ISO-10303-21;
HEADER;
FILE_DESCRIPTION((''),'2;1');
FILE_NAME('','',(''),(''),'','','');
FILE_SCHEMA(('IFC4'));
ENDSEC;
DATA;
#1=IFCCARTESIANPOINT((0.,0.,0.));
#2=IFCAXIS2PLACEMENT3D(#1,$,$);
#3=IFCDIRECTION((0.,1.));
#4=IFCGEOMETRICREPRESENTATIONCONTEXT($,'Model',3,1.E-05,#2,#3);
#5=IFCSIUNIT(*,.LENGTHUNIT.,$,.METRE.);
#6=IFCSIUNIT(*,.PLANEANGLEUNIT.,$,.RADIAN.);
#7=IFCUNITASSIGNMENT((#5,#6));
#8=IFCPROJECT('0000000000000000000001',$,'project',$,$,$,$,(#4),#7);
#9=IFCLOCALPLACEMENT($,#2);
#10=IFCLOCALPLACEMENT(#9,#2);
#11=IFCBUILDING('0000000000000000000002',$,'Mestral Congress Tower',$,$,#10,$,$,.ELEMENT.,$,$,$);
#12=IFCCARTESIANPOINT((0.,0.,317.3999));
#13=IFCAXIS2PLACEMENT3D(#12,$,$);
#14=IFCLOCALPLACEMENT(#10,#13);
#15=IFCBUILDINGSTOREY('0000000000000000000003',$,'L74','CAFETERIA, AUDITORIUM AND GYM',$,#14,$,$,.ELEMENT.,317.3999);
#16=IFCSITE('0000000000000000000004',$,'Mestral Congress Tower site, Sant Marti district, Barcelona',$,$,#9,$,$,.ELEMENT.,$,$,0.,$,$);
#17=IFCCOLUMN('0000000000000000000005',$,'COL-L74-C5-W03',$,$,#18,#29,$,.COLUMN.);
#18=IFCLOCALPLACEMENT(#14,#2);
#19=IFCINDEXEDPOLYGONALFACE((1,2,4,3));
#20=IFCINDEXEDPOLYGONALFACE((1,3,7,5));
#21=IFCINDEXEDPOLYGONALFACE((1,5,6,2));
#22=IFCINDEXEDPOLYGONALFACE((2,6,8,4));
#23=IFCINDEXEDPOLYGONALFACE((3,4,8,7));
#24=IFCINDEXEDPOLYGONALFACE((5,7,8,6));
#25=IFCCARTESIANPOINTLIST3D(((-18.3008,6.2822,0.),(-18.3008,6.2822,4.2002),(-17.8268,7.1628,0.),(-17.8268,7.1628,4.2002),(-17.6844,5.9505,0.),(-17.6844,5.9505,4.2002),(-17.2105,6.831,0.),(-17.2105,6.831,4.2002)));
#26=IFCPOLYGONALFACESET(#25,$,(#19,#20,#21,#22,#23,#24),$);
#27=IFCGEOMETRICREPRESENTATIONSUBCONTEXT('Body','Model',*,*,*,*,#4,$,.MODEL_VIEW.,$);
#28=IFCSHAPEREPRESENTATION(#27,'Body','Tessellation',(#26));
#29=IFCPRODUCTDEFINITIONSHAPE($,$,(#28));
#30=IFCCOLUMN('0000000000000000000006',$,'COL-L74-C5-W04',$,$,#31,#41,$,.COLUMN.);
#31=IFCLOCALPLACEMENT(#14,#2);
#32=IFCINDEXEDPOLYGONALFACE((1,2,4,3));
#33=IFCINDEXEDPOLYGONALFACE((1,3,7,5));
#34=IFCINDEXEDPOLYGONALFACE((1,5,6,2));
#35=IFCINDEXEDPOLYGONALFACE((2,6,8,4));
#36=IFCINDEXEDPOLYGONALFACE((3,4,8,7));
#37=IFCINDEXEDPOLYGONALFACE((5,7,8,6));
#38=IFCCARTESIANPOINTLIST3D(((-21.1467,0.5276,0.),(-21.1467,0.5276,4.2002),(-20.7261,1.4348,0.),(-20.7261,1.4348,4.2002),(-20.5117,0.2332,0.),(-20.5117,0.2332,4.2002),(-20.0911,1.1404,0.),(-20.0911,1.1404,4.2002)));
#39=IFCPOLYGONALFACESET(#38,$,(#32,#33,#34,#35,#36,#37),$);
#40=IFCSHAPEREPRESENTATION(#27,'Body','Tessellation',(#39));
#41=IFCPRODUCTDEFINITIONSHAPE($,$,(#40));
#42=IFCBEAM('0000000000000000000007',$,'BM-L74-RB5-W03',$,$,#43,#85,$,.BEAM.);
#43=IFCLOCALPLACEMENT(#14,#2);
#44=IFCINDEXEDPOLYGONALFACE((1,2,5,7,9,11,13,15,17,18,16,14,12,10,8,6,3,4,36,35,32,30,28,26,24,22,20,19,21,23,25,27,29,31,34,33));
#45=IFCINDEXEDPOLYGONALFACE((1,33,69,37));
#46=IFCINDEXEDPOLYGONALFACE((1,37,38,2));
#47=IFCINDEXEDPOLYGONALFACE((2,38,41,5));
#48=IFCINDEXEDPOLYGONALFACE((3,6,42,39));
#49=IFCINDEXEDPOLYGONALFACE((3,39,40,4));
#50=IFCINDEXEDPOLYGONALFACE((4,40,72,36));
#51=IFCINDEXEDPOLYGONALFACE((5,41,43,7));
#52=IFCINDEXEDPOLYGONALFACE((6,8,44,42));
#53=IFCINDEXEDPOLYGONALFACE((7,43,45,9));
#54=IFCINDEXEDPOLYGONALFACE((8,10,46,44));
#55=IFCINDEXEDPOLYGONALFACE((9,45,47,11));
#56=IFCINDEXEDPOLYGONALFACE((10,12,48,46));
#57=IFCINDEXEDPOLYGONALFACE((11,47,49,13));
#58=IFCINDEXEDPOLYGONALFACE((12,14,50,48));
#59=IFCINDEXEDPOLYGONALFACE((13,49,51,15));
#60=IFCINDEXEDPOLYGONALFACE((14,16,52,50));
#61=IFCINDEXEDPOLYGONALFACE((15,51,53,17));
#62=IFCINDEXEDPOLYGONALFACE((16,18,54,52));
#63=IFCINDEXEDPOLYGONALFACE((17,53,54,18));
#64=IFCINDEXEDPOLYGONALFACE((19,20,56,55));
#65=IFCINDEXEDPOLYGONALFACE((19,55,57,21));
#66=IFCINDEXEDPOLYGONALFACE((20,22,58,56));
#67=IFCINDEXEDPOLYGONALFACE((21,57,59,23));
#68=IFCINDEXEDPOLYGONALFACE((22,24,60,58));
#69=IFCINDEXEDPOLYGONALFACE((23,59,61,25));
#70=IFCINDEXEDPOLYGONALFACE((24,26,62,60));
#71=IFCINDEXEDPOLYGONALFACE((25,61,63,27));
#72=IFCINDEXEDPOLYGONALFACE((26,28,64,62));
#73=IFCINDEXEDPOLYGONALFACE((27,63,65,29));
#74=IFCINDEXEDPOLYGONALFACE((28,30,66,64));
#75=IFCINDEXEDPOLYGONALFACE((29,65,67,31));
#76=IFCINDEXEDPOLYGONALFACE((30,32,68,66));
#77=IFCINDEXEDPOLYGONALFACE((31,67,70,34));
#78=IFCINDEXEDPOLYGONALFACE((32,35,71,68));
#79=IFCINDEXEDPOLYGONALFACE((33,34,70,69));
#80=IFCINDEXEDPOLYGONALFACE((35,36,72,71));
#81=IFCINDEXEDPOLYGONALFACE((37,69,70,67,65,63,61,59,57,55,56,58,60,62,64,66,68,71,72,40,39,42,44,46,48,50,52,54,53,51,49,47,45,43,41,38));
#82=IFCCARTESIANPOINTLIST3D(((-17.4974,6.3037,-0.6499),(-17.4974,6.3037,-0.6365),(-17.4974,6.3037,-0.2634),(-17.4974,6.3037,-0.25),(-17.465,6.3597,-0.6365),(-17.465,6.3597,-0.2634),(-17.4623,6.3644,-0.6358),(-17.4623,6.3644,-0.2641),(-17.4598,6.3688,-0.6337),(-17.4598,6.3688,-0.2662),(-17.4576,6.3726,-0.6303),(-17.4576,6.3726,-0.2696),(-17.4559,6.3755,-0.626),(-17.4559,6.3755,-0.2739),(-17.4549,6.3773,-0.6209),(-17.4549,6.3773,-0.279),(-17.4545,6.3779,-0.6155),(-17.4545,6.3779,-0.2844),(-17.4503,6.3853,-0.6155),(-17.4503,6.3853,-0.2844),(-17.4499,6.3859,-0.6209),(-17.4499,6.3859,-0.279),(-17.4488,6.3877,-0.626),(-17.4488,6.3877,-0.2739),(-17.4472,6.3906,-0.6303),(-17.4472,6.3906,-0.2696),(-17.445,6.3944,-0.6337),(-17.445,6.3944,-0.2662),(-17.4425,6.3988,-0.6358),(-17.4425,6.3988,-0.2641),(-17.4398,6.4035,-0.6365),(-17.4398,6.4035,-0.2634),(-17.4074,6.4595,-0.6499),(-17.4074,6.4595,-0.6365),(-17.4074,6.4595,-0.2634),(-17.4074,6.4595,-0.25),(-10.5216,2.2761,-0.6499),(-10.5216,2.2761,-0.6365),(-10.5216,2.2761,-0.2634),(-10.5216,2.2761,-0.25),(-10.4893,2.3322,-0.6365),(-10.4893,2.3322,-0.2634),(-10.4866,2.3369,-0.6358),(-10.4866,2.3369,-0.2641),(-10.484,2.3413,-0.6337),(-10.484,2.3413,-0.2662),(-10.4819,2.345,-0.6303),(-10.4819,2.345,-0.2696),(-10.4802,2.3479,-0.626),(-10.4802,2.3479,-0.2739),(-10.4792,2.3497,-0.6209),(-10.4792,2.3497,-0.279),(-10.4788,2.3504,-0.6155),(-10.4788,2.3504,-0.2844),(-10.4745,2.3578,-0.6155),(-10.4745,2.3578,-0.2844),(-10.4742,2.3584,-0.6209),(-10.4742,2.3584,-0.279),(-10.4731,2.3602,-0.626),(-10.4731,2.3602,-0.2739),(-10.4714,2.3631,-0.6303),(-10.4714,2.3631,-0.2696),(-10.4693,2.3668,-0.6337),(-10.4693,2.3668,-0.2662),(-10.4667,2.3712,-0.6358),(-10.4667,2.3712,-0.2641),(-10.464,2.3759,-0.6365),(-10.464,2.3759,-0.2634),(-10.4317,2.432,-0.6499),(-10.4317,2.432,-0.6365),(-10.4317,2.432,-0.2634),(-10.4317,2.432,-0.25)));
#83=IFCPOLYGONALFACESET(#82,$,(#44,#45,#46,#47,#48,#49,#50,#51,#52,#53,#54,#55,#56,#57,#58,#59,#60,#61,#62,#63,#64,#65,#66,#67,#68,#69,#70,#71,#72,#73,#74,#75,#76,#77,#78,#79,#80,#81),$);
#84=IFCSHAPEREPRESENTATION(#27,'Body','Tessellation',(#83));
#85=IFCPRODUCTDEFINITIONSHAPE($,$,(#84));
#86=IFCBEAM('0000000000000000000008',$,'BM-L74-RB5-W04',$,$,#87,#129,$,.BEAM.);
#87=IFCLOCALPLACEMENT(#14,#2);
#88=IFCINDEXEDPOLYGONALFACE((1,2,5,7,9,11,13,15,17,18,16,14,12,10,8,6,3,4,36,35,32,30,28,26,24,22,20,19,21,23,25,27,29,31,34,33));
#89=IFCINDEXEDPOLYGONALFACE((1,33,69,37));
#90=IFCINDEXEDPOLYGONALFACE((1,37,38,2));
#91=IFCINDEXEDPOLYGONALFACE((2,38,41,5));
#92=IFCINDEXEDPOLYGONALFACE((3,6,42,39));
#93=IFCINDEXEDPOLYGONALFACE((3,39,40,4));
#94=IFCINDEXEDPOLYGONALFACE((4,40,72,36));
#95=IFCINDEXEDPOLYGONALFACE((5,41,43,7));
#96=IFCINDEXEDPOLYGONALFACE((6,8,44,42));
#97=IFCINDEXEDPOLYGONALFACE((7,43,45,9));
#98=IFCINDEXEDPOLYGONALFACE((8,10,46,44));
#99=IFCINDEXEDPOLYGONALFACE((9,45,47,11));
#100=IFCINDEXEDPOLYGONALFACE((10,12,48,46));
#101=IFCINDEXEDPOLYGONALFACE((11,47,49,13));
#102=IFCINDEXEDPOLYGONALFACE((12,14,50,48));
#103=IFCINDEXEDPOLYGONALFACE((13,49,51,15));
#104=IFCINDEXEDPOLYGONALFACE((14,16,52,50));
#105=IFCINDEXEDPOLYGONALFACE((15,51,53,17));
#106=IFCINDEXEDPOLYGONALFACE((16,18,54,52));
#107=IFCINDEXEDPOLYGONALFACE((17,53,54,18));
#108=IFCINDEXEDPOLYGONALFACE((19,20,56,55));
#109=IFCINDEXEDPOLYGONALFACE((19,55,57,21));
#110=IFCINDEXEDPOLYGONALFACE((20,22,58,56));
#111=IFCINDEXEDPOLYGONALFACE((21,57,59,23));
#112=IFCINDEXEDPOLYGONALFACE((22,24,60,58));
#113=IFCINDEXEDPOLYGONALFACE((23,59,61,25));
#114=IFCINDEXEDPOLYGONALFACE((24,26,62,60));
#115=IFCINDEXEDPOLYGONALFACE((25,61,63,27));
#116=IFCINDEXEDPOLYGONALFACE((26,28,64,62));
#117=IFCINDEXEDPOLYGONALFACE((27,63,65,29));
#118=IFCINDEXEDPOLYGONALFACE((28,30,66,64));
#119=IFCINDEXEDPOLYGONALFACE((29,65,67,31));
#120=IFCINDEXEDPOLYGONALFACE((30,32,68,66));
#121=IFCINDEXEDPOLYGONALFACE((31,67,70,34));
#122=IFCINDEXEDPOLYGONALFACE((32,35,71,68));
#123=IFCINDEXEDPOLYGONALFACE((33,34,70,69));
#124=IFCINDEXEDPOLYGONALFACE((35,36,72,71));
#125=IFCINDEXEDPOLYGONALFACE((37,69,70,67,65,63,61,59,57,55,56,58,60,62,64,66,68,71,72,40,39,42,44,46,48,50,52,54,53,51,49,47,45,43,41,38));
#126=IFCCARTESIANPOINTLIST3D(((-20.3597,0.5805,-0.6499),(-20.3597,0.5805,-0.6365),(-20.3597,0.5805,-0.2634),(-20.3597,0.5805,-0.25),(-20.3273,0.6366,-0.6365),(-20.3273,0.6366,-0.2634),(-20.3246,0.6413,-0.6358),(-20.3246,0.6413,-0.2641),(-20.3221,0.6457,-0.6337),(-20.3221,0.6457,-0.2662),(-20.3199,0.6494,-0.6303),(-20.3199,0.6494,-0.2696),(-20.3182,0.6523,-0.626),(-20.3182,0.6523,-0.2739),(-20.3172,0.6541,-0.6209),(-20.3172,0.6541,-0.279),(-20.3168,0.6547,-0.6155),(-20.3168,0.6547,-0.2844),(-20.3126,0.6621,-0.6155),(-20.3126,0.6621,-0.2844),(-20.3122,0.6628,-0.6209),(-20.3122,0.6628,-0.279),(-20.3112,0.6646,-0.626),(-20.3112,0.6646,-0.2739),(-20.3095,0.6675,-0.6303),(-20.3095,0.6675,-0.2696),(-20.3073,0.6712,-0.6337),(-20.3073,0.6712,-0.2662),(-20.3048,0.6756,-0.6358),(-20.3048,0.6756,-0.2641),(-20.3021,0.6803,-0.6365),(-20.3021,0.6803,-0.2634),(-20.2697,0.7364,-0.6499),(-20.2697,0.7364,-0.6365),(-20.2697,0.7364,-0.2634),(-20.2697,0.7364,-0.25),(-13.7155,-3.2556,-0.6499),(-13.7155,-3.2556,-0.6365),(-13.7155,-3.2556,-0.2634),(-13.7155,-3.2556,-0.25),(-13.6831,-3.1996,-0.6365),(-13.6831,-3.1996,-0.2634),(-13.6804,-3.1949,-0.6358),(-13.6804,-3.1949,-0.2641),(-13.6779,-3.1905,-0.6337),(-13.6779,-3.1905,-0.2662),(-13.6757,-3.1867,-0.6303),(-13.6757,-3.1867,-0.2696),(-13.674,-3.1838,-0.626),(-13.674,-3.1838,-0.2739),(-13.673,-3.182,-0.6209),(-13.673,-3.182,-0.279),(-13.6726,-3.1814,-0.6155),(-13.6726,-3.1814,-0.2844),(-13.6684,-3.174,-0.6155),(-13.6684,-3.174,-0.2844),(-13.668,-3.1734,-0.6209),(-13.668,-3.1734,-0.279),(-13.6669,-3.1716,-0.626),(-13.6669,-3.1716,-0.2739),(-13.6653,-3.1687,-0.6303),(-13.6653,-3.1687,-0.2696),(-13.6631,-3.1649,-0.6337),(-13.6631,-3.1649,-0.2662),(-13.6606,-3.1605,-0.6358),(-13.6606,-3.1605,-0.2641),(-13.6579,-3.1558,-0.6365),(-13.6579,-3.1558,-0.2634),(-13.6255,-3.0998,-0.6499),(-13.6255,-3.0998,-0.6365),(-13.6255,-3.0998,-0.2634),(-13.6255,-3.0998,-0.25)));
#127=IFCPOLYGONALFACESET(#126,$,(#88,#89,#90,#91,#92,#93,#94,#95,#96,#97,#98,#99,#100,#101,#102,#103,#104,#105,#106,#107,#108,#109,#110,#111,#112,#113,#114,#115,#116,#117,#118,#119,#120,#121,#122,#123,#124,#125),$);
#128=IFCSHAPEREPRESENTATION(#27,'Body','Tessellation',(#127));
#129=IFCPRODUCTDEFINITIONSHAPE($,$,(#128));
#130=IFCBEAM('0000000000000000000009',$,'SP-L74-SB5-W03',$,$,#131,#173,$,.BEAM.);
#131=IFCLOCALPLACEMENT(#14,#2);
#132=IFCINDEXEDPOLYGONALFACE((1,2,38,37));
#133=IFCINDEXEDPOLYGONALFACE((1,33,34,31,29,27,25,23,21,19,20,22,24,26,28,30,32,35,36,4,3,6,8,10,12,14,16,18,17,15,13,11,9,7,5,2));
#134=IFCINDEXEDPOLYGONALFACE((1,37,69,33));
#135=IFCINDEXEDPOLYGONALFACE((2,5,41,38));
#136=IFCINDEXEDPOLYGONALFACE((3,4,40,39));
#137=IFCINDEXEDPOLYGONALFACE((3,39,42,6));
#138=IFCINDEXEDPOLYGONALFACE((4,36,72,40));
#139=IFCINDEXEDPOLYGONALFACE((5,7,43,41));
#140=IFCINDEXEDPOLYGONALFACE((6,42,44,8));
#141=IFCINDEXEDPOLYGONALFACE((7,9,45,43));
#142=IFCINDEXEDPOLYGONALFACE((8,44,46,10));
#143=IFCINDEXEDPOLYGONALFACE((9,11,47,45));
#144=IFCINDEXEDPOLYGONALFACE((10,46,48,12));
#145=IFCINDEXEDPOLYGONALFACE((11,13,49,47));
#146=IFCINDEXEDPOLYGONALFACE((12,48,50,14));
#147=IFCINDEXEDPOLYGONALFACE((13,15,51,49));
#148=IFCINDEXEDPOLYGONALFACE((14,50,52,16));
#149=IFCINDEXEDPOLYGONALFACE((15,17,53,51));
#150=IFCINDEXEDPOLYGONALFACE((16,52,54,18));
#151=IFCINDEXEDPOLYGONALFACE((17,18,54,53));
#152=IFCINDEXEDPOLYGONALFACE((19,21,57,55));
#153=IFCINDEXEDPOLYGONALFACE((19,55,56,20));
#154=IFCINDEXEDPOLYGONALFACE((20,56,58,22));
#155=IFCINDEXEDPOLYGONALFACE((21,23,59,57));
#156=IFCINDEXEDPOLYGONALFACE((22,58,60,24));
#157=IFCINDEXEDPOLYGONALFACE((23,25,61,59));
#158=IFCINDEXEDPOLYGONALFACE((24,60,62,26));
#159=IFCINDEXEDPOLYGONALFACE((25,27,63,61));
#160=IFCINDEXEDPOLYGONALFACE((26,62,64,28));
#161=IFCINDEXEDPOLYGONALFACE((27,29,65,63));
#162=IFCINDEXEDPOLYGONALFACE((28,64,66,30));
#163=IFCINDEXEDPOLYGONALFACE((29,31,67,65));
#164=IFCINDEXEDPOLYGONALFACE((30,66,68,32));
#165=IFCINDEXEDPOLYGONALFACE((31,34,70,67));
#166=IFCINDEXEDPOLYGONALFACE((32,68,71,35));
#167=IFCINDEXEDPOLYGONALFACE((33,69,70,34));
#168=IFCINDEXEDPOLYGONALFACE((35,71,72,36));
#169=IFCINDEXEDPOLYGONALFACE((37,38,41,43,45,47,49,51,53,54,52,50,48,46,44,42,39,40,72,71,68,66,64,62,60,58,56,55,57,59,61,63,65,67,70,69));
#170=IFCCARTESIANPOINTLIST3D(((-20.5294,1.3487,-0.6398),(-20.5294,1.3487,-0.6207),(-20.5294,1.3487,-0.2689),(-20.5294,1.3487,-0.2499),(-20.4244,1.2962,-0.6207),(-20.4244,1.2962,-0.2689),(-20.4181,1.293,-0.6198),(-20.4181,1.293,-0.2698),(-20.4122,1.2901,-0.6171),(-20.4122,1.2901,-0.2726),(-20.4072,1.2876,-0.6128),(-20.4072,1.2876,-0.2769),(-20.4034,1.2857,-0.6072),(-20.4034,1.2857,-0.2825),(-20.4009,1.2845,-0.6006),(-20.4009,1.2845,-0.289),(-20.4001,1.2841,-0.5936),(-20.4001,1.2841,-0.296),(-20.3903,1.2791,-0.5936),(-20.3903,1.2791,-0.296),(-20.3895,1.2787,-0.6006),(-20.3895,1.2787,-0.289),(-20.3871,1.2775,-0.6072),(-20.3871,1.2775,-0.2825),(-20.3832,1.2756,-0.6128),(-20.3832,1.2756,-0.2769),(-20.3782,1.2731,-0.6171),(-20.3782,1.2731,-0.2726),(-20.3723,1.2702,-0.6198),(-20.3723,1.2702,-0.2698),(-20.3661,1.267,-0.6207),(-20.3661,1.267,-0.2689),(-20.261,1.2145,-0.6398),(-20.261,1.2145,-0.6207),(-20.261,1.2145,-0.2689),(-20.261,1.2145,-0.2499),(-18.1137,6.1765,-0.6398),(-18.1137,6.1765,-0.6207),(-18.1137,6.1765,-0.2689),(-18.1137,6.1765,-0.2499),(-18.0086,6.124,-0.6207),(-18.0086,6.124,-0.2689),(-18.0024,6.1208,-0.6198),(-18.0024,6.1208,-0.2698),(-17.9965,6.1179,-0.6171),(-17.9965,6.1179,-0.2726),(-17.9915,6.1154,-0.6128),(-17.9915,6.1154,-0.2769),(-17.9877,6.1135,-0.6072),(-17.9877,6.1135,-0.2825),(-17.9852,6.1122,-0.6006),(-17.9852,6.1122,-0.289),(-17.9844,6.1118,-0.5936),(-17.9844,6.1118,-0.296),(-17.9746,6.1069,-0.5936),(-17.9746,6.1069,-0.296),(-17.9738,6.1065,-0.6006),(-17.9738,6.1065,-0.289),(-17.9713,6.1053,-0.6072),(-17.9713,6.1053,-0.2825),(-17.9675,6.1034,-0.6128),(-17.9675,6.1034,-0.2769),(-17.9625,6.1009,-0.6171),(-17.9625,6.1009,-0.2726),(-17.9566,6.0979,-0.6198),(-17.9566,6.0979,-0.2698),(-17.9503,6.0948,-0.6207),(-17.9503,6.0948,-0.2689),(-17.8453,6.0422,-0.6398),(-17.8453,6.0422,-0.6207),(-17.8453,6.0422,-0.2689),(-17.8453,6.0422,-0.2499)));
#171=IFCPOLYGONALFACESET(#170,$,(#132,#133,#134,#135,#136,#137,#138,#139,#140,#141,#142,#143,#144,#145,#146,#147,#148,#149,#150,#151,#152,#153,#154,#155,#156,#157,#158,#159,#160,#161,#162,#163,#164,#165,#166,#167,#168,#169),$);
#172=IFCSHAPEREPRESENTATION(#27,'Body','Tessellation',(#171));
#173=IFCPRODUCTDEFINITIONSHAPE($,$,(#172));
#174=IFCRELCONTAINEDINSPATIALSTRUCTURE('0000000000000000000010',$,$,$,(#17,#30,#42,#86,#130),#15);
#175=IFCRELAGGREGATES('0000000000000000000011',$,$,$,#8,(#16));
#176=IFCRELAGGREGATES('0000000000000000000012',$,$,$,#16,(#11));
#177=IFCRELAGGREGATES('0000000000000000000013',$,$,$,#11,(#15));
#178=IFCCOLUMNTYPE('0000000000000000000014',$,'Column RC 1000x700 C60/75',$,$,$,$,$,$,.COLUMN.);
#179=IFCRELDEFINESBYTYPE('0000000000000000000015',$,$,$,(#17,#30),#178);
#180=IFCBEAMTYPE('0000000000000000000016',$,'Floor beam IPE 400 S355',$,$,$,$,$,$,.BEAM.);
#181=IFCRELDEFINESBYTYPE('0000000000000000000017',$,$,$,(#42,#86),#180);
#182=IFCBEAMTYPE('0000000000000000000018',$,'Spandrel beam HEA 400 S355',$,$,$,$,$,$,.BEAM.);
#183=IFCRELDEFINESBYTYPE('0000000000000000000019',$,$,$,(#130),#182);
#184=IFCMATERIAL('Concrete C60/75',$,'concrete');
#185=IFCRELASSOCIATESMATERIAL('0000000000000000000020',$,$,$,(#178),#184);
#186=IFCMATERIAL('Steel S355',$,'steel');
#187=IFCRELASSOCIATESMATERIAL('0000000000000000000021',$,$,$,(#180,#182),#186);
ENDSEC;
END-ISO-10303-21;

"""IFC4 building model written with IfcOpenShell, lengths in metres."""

from ifc_helpers import new_model, si_unit, direction, frame, origin, origin_2d, place, context, subcontext, project, spatial, rectangle, i_section, extrude, material, material_profile, profile_set, type_object, element, save


model = new_model("IFC4")

# Units and contexts
model_context = context("Model", 3, precision=1e-05, world=origin(), true_north=direction((0.0, 1.0)))
body_context = subcontext(model_context, "Body", "Model", "MODEL_VIEW")
ifc_project = project(units=[si_unit("LENGTHUNIT", "METRE"), si_unit("PLANEANGLEUNIT", "RADIAN")], contexts=[model_context])

# Site, building, storey
site_placement = place(None, origin())
site = spatial("IfcSite", under=ifc_project, at=site_placement, Name="Mestral Congress Tower site, Sant Marti district, Barcelona", CompositionType="ELEMENT", RefElevation=0.0)
building_placement = place(site_placement, origin())
building = spatial("IfcBuilding", under=site, at=building_placement, Name="Mestral Congress Tower", CompositionType="ELEMENT")
storey_placement = place(building_placement, frame((0.0, 0.0, 317.3999)))
storey = spatial("IfcBuildingStorey", under=building, at=storey_placement, Name="L74", Description="CAFETERIA, AUDITORIUM AND GYM", CompositionType="ELEMENT", Elevation=317.3999)

# Columns
ifc_material_1 = material(Name="Concrete C60/75", Category="concrete")
ifc_material_profile_1 = material_profile(ifc_material_1, rectangle(XDim=1.0, YDim=0.7, at=origin_2d()), Name="RC 1000x700")
ifc_profile_set_1 = profile_set([ifc_material_profile_1], Name="Concrete C60/75")
column_type = type_object("IfcColumnType", Name="Column RC 1000x700 C60/75", PredefinedType="COLUMN", material=ifc_profile_set_1)
for number, where, z_axis, x_axis, name in (
    (1, (-17.7556, 6.5566, 0.0), (0.0, 0.0, 1.0), (-0.473945, -0.880554, 0.0), "COL-L74-C5-W03"),
    (2, (-20.6189, 0.834, 0.0), (0.0, 0.0, 1.0), (-0.420596, -0.907248, 0.0), "COL-L74-C5-W04"),
):
    element("IfcColumn", number, at=place(storey_placement, frame(where, z_axis=z_axis, x_axis=x_axis)), inside=storey, type_object=column_type, Name=name, PredefinedType="COLUMN", context=body_context, shape_type="SweptSolid", body=[
        extrude(rectangle(XDim=1.0, YDim=0.7, at=origin_2d()), origin(), (0.0, 0.0, 1.0), 4.2002),
    ])

# Beams
ifc_material_2 = material(Name="Steel S355", Category="steel")
ifc_material_profile_2 = material_profile(ifc_material_2, i_section(OverallWidth=0.1799, OverallDepth=0.3999, WebThickness=0.0085, FlangeThickness=0.0134, FilletRadius=0.021, at=origin_2d()), Name="IPE 400")
ifc_profile_set_2 = profile_set([ifc_material_profile_2], Name="Steel S355")
beam_type_1 = type_object("IfcBeamType", Name="Floor beam IPE 400 S355", PredefinedType="BEAM", material=ifc_profile_set_2)
beam_1_placement = place(storey_placement, frame((-17.4524, 6.3816, -0.45), z_axis=(0.866021, -0.500008, 0.0), x_axis=(0.500008, 0.866021, 0.0)))
element("IfcBeam", 3, at=beam_1_placement, inside=storey, type_object=beam_type_1, Name="BM-L74-RB5-W03", PredefinedType="BEAM", context=body_context, shape_type="SweptSolid", body=[
    extrude(i_section(OverallWidth=0.1799, OverallDepth=0.3999, WebThickness=0.0085, FlangeThickness=0.0134, FilletRadius=0.021, at=origin_2d()), origin(), (0.0, 0.0, 1.0), 8.0549),
])
beam_2_placement = place(storey_placement, frame((-20.3147, 0.6584, -0.45), z_axis=(0.86602, -0.50001, 0.0), x_axis=(0.50001, 0.86602, 0.0)))
element("IfcBeam", 4, at=beam_2_placement, inside=storey, type_object=beam_type_1, Name="BM-L74-RB5-W04", PredefinedType="BEAM", context=body_context, shape_type="SweptSolid", body=[
    extrude(i_section(OverallWidth=0.1799, OverallDepth=0.3999, WebThickness=0.0085, FlangeThickness=0.0134, FilletRadius=0.021, at=origin_2d()), origin(), (0.0, 0.0, 1.0), 7.6721),
])
ifc_material_profile_3 = material_profile(ifc_material_2, i_section(OverallWidth=0.3, OverallDepth=0.3899, WebThickness=0.011, FlangeThickness=0.019, FilletRadius=0.0271, at=origin_2d()), Name="HEA 400")
ifc_profile_set_3 = profile_set([ifc_material_profile_3], Name="Steel S355")
beam_type_2 = type_object("IfcBeamType", Name="Spandrel beam HEA 400 S355", PredefinedType="BEAM", material=ifc_profile_set_3)
beam_3_placement = place(storey_placement, frame((-17.9795, 6.1094, -0.4448), z_axis=(-0.447485, -0.894291, 0.0), x_axis=(0.894291, -0.447485, 0.0)))
element("IfcBeam", 5, at=beam_3_placement, inside=storey, type_object=beam_type_2, Name="SP-L74-SB5-W03", PredefinedType="BEAM", context=body_context, shape_type="SweptSolid", body=[
    extrude(i_section(OverallWidth=0.3, OverallDepth=0.3899, WebThickness=0.011, FlangeThickness=0.019, FilletRadius=0.0271, at=origin_2d()), origin(), (0.0, 0.0, 1.0), 5.3984),
])

save(model, "model.ifc")
